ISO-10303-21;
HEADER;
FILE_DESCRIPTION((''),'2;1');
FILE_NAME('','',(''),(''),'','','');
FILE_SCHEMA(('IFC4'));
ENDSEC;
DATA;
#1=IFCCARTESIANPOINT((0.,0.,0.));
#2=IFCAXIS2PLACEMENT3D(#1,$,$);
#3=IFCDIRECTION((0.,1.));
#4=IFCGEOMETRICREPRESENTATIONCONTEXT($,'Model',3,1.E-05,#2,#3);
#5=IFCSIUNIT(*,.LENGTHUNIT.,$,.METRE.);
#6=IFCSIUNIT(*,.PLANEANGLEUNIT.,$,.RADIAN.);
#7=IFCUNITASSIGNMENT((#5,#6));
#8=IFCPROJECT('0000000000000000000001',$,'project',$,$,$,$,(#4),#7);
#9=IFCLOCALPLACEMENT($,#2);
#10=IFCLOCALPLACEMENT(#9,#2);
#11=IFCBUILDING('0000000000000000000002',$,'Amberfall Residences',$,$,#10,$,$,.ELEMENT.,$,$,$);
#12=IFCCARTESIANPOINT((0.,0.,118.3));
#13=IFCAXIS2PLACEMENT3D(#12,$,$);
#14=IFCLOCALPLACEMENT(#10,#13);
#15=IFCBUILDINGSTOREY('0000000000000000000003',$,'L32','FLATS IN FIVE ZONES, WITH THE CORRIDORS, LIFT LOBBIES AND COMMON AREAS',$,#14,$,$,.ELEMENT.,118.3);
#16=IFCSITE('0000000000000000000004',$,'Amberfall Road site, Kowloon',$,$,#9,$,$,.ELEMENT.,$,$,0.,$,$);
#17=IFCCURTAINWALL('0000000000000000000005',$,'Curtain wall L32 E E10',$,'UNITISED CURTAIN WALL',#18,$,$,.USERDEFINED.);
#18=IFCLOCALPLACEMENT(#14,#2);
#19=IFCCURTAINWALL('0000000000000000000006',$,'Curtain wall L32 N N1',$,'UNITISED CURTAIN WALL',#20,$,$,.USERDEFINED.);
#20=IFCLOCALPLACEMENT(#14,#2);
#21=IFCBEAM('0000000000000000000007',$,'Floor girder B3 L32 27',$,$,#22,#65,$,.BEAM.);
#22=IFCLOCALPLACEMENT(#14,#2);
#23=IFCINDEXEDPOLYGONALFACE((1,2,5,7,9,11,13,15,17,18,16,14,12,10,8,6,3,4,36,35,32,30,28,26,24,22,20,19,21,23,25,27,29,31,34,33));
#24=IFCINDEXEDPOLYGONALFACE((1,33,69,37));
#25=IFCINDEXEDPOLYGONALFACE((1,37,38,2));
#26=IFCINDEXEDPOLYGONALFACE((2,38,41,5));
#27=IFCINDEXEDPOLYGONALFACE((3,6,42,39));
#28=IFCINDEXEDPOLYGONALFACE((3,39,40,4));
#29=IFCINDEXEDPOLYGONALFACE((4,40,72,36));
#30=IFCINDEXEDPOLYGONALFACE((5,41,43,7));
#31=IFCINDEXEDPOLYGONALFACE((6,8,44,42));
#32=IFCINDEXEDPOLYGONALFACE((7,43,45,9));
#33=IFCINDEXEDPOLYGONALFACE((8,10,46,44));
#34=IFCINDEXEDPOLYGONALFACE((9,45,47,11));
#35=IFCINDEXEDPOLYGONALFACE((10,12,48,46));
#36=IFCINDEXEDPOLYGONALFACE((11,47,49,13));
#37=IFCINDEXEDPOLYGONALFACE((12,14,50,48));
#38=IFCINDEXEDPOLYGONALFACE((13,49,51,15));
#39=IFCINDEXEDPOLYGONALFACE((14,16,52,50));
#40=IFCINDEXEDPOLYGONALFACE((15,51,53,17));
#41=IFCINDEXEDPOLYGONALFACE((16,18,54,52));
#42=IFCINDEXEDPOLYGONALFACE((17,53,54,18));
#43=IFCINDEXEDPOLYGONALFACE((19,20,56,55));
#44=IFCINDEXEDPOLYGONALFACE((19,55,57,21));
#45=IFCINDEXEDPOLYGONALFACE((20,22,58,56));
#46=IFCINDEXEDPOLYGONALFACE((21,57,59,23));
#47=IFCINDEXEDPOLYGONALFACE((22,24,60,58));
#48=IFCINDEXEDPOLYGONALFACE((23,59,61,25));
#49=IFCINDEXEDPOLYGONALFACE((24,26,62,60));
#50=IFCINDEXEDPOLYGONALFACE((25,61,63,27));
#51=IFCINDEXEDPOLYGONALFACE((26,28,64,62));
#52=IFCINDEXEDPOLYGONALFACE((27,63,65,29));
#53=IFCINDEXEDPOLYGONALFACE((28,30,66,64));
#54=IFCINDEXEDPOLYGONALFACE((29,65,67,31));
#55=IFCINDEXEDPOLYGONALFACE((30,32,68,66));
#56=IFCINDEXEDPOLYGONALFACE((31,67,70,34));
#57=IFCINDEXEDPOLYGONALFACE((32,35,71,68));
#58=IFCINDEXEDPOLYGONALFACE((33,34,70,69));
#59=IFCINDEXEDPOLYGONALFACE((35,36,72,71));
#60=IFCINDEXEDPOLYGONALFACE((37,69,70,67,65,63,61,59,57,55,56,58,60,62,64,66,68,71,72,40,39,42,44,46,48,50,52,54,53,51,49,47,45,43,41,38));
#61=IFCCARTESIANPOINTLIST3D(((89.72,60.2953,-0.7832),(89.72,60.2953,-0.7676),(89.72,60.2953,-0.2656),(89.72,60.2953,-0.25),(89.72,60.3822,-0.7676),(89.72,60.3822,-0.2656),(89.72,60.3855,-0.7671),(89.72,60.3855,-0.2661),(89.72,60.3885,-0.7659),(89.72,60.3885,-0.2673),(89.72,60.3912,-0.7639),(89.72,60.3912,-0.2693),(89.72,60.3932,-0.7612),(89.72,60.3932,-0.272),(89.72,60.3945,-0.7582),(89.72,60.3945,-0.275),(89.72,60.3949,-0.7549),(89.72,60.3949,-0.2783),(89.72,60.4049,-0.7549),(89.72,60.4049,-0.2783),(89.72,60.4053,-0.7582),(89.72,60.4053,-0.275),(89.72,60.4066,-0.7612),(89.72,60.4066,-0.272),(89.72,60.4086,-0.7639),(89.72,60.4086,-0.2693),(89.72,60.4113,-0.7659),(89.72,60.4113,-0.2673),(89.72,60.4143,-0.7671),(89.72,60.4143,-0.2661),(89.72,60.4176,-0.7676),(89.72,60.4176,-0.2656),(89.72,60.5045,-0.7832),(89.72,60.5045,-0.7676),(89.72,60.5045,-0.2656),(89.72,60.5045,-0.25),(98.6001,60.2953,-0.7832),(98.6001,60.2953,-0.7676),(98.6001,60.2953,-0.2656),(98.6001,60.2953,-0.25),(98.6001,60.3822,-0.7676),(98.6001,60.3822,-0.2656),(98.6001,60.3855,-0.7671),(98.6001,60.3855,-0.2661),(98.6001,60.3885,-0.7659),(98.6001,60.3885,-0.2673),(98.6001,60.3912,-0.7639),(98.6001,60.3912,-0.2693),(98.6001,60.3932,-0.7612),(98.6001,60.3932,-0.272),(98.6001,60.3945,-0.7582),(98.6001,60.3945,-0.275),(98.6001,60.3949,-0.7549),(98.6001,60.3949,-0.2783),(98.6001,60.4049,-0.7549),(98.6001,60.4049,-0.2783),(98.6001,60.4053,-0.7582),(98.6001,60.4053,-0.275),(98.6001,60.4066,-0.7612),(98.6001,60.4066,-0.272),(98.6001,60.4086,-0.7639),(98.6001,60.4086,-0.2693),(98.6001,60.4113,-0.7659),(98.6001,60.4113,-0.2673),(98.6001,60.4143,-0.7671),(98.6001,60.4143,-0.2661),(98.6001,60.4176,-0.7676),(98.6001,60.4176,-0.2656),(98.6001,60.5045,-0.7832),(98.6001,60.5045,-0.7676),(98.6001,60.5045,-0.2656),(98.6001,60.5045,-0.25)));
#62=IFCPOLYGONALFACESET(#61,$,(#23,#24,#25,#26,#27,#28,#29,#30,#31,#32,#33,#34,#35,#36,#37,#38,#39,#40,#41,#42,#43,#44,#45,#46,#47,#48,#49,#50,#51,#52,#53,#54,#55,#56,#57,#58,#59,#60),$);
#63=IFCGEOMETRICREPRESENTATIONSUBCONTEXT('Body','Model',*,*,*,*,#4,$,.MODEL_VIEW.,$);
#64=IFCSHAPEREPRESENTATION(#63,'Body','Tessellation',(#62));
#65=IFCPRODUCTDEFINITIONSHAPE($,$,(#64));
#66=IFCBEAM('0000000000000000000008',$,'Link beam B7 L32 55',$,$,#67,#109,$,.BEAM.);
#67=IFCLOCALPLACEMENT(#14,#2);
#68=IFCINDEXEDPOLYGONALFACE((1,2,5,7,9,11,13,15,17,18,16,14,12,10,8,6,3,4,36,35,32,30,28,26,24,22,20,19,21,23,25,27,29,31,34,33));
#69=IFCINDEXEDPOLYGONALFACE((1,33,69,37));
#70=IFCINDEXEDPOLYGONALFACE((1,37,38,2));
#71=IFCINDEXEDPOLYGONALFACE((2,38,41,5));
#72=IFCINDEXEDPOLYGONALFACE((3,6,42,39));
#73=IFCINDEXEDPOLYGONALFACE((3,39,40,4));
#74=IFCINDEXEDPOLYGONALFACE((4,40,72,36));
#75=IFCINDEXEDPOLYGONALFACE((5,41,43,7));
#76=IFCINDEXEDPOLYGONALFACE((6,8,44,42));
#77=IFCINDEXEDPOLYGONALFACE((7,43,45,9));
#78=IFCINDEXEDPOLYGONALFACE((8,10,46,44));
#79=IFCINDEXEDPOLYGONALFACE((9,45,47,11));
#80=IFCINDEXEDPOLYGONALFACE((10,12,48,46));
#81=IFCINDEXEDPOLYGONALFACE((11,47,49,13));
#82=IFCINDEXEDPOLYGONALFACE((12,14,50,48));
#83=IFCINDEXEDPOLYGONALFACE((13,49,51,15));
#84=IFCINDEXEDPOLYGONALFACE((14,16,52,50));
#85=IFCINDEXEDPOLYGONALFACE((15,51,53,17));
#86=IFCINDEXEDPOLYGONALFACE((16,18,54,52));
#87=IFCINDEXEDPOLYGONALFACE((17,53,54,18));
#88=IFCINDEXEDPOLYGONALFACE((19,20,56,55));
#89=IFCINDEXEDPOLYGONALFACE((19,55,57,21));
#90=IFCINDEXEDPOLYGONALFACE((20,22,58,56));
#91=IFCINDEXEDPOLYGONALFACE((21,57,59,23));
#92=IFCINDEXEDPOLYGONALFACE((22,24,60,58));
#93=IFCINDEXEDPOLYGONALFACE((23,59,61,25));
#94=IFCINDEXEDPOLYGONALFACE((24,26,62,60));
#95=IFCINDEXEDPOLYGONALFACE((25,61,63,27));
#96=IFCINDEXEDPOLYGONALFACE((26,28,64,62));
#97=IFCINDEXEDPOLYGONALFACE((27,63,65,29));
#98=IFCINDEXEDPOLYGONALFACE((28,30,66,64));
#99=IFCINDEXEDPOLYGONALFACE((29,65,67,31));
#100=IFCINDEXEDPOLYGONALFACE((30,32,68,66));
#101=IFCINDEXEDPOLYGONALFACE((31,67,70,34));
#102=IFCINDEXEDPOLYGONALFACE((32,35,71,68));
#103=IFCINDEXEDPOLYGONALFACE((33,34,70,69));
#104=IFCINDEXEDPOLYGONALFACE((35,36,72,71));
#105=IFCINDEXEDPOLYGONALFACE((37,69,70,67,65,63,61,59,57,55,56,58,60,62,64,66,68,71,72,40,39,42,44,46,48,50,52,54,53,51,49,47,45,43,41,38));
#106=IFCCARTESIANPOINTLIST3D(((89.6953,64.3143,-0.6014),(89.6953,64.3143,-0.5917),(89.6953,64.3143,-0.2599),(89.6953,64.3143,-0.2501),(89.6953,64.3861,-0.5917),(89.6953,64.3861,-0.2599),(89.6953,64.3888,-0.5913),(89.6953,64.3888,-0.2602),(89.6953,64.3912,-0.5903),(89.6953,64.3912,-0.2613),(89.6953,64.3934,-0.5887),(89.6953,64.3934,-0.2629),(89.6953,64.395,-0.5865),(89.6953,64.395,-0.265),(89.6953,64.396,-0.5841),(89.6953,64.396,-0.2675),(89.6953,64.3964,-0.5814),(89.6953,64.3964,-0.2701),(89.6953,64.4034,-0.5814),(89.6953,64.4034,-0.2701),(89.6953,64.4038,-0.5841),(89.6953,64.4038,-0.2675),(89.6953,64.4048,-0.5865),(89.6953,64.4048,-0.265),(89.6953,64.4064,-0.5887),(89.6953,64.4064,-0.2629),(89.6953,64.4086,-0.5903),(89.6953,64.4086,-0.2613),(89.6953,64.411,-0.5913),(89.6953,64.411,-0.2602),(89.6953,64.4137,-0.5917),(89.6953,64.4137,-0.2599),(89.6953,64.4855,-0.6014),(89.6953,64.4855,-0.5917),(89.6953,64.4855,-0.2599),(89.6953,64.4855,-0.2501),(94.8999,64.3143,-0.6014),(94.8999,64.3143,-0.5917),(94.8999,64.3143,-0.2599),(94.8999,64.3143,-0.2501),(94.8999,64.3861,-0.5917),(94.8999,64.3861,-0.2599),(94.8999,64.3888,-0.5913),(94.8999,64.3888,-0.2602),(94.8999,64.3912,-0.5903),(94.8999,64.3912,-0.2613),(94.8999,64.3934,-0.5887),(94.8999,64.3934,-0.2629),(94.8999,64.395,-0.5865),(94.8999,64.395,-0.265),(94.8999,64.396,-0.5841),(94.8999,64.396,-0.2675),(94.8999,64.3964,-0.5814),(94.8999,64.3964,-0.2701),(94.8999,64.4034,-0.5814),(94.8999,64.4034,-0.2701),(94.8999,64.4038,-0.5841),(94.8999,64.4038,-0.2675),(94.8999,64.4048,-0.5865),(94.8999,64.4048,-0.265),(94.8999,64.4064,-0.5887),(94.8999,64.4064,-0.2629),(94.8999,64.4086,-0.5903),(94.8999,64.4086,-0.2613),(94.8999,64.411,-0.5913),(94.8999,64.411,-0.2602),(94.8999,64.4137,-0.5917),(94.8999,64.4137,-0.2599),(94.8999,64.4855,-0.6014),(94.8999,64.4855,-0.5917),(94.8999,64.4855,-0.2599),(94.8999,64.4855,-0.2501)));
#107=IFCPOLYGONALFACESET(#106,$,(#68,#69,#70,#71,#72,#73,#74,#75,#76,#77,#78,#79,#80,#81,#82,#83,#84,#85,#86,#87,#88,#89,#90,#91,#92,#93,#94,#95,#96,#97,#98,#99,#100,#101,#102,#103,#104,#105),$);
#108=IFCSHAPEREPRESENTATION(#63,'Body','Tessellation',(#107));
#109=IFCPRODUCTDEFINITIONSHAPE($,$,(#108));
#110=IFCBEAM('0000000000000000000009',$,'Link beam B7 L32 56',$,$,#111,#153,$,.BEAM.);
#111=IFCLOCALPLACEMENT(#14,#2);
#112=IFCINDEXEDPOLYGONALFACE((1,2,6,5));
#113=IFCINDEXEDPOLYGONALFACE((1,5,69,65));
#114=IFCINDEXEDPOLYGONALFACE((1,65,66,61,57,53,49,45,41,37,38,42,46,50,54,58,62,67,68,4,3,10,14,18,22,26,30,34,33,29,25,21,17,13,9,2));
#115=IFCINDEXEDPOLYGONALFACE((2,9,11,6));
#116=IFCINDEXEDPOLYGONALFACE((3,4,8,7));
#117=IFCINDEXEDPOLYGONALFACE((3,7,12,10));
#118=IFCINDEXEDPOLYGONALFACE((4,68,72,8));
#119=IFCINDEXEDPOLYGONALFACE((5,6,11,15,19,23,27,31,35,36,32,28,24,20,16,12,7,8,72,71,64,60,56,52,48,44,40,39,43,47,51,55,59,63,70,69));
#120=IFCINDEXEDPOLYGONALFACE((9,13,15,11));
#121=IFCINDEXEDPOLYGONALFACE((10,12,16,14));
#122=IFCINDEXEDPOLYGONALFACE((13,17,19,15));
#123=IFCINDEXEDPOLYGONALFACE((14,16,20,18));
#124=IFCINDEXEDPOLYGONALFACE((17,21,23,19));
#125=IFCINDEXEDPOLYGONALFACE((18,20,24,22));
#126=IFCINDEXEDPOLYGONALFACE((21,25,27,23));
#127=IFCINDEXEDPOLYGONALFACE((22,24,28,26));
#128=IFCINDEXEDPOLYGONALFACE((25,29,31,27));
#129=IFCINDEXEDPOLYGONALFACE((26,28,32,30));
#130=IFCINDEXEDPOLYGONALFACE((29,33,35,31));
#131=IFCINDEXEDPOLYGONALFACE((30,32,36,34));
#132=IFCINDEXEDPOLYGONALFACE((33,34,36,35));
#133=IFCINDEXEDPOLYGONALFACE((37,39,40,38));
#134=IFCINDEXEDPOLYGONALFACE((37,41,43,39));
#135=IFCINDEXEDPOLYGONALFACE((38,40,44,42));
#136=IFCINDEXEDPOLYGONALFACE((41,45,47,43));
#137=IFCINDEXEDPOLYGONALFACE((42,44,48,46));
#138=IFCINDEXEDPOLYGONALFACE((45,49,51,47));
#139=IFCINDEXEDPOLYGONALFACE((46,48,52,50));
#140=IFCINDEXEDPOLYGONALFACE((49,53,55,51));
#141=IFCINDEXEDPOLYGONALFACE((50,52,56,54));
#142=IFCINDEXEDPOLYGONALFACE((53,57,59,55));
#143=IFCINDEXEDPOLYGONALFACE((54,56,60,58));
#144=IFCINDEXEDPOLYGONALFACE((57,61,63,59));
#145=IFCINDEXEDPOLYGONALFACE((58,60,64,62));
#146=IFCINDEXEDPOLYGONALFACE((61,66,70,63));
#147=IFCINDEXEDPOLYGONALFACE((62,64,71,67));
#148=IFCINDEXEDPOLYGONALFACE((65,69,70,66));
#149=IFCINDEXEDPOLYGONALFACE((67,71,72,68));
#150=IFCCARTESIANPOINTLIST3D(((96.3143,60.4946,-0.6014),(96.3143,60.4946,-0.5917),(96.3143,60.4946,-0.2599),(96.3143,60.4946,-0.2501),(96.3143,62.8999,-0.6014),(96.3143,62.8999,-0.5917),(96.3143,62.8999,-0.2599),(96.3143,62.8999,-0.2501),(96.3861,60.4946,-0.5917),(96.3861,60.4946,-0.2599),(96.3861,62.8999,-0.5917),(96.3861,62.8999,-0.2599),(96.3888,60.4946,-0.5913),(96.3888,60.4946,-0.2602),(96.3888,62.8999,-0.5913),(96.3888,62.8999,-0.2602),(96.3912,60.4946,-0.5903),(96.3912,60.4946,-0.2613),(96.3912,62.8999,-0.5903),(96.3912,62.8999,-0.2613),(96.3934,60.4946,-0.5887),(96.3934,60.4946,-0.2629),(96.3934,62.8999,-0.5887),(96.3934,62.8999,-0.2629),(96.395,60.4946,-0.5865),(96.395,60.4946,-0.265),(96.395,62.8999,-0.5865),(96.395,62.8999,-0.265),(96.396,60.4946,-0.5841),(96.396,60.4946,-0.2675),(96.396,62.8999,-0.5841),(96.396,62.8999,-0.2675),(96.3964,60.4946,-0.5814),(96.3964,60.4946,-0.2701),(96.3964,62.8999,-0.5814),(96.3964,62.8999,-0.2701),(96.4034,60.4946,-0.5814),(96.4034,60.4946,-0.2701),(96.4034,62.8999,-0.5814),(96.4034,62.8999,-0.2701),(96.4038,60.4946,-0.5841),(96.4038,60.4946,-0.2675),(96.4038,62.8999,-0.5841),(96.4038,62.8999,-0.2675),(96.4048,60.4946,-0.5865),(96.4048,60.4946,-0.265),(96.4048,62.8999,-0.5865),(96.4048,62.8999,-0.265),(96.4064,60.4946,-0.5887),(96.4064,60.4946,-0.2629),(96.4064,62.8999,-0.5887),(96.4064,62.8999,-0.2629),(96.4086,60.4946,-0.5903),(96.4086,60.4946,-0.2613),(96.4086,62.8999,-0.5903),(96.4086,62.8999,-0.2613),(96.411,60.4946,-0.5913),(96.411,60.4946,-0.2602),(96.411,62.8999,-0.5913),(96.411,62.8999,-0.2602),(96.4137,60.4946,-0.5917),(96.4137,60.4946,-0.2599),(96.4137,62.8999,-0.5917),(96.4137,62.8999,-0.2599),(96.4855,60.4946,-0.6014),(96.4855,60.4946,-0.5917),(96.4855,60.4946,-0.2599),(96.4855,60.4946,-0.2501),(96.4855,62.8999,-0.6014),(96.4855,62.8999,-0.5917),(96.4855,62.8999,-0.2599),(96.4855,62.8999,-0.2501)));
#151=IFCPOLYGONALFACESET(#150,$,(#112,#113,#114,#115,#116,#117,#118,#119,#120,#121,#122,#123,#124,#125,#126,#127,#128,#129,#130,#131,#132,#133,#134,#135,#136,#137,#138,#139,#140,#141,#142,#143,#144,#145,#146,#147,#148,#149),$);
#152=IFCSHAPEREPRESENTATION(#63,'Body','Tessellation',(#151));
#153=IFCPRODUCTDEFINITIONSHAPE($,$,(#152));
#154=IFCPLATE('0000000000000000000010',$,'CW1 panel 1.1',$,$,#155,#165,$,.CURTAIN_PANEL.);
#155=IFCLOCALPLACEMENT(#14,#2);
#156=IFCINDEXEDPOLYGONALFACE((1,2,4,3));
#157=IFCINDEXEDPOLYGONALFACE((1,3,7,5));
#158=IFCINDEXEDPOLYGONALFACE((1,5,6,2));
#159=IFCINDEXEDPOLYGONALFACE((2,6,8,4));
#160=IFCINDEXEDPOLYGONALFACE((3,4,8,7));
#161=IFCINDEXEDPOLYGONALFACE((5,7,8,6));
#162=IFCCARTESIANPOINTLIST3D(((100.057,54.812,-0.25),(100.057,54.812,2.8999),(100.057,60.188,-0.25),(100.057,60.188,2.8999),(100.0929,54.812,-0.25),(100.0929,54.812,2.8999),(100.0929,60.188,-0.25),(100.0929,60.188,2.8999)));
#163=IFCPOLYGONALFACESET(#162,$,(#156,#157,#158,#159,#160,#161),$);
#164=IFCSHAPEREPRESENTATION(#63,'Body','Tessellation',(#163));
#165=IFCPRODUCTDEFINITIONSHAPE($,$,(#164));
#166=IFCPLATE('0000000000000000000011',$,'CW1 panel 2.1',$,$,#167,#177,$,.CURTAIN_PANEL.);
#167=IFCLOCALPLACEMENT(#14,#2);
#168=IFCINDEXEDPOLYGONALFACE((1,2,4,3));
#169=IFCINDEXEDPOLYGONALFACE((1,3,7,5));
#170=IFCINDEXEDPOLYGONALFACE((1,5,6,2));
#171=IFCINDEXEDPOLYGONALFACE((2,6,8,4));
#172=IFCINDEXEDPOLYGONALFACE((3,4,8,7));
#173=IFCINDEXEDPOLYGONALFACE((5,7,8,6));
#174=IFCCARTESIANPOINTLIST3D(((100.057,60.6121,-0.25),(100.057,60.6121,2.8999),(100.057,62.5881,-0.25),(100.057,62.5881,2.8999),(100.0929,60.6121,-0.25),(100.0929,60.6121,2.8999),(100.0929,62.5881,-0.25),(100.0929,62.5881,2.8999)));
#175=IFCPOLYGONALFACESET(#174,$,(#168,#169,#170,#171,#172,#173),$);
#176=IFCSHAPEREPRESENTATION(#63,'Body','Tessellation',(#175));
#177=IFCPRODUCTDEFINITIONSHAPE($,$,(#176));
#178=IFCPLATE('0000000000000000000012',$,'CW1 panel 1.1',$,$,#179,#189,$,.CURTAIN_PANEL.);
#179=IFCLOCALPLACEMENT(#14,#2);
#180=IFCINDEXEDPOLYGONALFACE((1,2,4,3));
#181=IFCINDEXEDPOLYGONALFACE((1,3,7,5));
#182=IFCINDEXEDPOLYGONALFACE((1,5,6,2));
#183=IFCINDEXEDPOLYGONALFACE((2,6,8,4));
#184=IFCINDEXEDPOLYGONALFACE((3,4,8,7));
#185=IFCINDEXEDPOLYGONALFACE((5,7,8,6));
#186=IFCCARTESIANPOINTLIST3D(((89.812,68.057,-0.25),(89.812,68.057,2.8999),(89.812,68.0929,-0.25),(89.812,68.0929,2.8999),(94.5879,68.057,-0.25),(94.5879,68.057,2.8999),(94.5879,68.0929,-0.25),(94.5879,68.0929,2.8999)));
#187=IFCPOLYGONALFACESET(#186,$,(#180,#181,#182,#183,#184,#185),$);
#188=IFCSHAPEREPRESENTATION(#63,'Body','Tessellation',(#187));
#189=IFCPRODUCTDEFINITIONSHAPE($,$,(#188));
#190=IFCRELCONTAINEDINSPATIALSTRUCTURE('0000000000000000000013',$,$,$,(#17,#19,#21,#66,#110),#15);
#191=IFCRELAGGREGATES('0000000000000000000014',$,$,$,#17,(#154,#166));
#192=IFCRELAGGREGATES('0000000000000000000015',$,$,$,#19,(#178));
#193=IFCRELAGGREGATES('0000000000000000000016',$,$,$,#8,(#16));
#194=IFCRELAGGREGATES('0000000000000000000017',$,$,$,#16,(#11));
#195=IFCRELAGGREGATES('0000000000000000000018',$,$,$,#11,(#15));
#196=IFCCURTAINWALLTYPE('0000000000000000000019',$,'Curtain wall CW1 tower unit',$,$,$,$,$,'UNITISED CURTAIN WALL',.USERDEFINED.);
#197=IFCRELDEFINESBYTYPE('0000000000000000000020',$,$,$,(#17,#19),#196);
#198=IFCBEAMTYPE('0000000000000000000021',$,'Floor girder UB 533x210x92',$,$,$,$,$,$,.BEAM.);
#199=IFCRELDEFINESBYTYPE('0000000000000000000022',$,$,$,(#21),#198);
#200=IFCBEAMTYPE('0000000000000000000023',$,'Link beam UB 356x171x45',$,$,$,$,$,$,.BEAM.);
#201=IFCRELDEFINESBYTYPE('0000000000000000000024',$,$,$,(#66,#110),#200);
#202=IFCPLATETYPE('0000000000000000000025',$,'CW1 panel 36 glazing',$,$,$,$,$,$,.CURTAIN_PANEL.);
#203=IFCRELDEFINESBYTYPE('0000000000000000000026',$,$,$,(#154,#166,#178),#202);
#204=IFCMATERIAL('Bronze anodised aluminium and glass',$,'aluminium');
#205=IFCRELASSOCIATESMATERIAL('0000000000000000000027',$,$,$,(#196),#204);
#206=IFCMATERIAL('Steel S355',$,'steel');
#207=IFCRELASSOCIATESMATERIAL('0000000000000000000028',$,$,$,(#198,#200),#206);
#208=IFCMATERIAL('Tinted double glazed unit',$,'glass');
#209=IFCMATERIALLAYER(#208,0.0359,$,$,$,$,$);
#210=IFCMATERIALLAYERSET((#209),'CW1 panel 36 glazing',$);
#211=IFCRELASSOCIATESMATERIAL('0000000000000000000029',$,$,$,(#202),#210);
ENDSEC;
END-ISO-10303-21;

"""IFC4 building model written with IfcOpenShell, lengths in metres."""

from ifc_helpers import new_model, si_unit, direction, frame, origin, origin_2d, place, context, subcontext, project, spatial, rectangle, i_section, extrude, material, layer, layer_set, material_profile, profile_set, type_object, element, aggregate, save


model = new_model("IFC4")

# Units and contexts
model_context = context("Model", 3, precision=1e-05, world=origin(), true_north=direction((0.0, 1.0)))
body_context = subcontext(model_context, "Body", "Model", "MODEL_VIEW")
ifc_project = project(units=[si_unit("LENGTHUNIT", "METRE"), si_unit("PLANEANGLEUNIT", "RADIAN")], contexts=[model_context])

# Site, building, storey
site_placement = place(None, origin())
site = spatial("IfcSite", under=ifc_project, at=site_placement, Name="Amberfall Road site, Kowloon", CompositionType="ELEMENT", RefElevation=0.0)
building_placement = place(site_placement, origin())
building = spatial("IfcBuilding", under=site, at=building_placement, Name="Amberfall Residences", CompositionType="ELEMENT")
storey_placement = place(building_placement, frame((0.0, 0.0, 118.3)))
storey = spatial("IfcBuildingStorey", under=building, at=storey_placement, Name="L32", Description="FLATS IN FIVE ZONES, WITH THE CORRIDORS, LIFT LOBBIES AND COMMON AREAS", CompositionType="ELEMENT", Elevation=118.3)

# Curtain wall
ifc_material_1 = material(Name="Bronze anodised aluminium and glass", Category="aluminium")
curtain_wall_type = type_object("IfcCurtainWallType", Name="Curtain wall CW1 tower unit", ElementType="UNITISED CURTAIN WALL", PredefinedType="USERDEFINED", material=ifc_material_1)
curtain_wall_1_placement = place(storey_placement, origin())
curtain_wall_1 = element("IfcCurtainWall", 1, at=curtain_wall_1_placement, inside=storey, type_object=curtain_wall_type, Name="Curtain wall L32 E E10", ObjectType="UNITISED CURTAIN WALL", PredefinedType="USERDEFINED")

# Curtain wall
curtain_wall_2_placement = place(storey_placement, origin())
curtain_wall_2 = element("IfcCurtainWall", 2, at=curtain_wall_2_placement, inside=storey, type_object=curtain_wall_type, Name="Curtain wall L32 N N1", ObjectType="UNITISED CURTAIN WALL", PredefinedType="USERDEFINED")

# Beams
ifc_material_2 = material(Name="Steel S355", Category="steel")
ifc_material_profile_1 = material_profile(ifc_material_2, i_section(OverallWidth=0.2092, OverallDepth=0.5332, WebThickness=0.01, FlangeThickness=0.0156, FilletRadius=0.0127, at=origin_2d()), Name="UB 533x210x92")
ifc_profile_set_1 = profile_set([ifc_material_profile_1], Name="Steel S355")
beam_type_1 = type_object("IfcBeamType", Name="Floor girder UB 533x210x92", PredefinedType="BEAM", material=ifc_profile_set_1)
beam_1_placement = place(storey_placement, frame((98.6001, 60.3999, -0.5166), z_axis=(-1.0, 0.0, 0.0), x_axis=(0.0, -1.0, 0.0)))
element("IfcBeam", 3, at=beam_1_placement, inside=storey, type_object=beam_type_1, Name="Floor girder B3 L32 27", PredefinedType="BEAM", context=body_context, shape_type="SweptSolid", body=[
    extrude(i_section(OverallWidth=0.2092, OverallDepth=0.5332, WebThickness=0.01, FlangeThickness=0.0156, FilletRadius=0.0127, at=origin_2d()), origin(), (0.0, 0.0, 1.0), 8.8801),
])
ifc_material_profile_2 = material_profile(ifc_material_2, i_section(OverallWidth=0.1711, OverallDepth=0.3513, WebThickness=0.0071, FlangeThickness=0.0098, FilletRadius=0.0103, at=origin_2d()), Name="UB 356x171x45")
ifc_profile_set_2 = profile_set([ifc_material_profile_2], Name="Steel S355")
beam_type_2 = type_object("IfcBeamType", Name="Link beam UB 356x171x45", PredefinedType="BEAM", material=ifc_profile_set_2)
beam_2_placement = place(storey_placement, frame((94.8999, 64.3999, -0.4258), z_axis=(-1.0, 0.0, 0.0), x_axis=(0.0, -1.0, 0.0)))
element("IfcBeam", 4, at=beam_2_placement, inside=storey, type_object=beam_type_2, Name="Link beam B7 L32 55", PredefinedType="BEAM", context=body_context, shape_type="SweptSolid", body=[
    extrude(i_section(OverallWidth=0.1711, OverallDepth=0.3513, WebThickness=0.0071, FlangeThickness=0.0098, FilletRadius=0.0103, at=origin_2d()), origin(), (0.0, 0.0, 1.0), 5.2046),
])
beam_3_placement = place(storey_placement, frame((96.3999, 62.8999, -0.4258), z_axis=(0.0, -1.0, 0.0), x_axis=(1.0, 0.0, 0.0)))
element("IfcBeam", 5, at=beam_3_placement, inside=storey, type_object=beam_type_2, Name="Link beam B7 L32 56", PredefinedType="BEAM", context=body_context, shape_type="SweptSolid", body=[
    extrude(i_section(OverallWidth=0.1711, OverallDepth=0.3513, WebThickness=0.0071, FlangeThickness=0.0098, FilletRadius=0.0103, at=origin_2d()), origin(), (0.0, 0.0, 1.0), 2.4053),
])

# Plates
ifc_material_3 = material(Name="Tinted double glazed unit", Category="glass")
ifc_layer_1 = layer(ifc_material_3, 0.0359)
ifc_layer_set_1 = layer_set([ifc_layer_1], Name="CW1 panel 36 glazing")
plate_type = type_object("IfcPlateType", Name="CW1 panel 36 glazing", PredefinedType="CURTAIN_PANEL", material=ifc_layer_set_1)
plate_1_placement = place(storey_placement, frame((100.075, 57.5, -0.25), z_axis=(0.0, 0.0, 1.0), x_axis=(0.0, 1.0, 0.0)))
plate_1 = element("IfcPlate", 6, at=plate_1_placement, type_object=plate_type, Name="CW1 panel 1.1", PredefinedType="CURTAIN_PANEL", context=body_context, shape_type="SweptSolid", body=[
    extrude(rectangle(XDim=5.376, YDim=0.0359, at=origin_2d()), origin(), (0.0, 0.0, 1.0), 3.1499),
])
plate_2_placement = place(storey_placement, frame((100.075, 61.6001, -0.25), z_axis=(0.0, 0.0, 1.0), x_axis=(0.0, 1.0, 0.0)))
plate_2 = element("IfcPlate", 7, at=plate_2_placement, type_object=plate_type, Name="CW1 panel 2.1", PredefinedType="CURTAIN_PANEL", context=body_context, shape_type="SweptSolid", body=[
    extrude(rectangle(XDim=1.9761, YDim=0.0359, at=origin_2d()), origin(), (0.0, 0.0, 1.0), 3.1499),
])
aggregate(curtain_wall_1, [plate_1, plate_2])
plate_3_placement = place(storey_placement, frame((92.2, 68.075, -0.25), z_axis=(0.0, 0.0, 1.0), x_axis=(-1.0, 0.0, 0.0)))
plate_3 = element("IfcPlate", 8, at=plate_3_placement, type_object=plate_type, Name="CW1 panel 1.1", PredefinedType="CURTAIN_PANEL", context=body_context, shape_type="SweptSolid", body=[
    extrude(rectangle(XDim=4.7759, YDim=0.0359, at=origin_2d()), origin(), (0.0, 0.0, 1.0), 3.1499),
])
aggregate(curtain_wall_2, [plate_3])

save(model, "model.ifc")
